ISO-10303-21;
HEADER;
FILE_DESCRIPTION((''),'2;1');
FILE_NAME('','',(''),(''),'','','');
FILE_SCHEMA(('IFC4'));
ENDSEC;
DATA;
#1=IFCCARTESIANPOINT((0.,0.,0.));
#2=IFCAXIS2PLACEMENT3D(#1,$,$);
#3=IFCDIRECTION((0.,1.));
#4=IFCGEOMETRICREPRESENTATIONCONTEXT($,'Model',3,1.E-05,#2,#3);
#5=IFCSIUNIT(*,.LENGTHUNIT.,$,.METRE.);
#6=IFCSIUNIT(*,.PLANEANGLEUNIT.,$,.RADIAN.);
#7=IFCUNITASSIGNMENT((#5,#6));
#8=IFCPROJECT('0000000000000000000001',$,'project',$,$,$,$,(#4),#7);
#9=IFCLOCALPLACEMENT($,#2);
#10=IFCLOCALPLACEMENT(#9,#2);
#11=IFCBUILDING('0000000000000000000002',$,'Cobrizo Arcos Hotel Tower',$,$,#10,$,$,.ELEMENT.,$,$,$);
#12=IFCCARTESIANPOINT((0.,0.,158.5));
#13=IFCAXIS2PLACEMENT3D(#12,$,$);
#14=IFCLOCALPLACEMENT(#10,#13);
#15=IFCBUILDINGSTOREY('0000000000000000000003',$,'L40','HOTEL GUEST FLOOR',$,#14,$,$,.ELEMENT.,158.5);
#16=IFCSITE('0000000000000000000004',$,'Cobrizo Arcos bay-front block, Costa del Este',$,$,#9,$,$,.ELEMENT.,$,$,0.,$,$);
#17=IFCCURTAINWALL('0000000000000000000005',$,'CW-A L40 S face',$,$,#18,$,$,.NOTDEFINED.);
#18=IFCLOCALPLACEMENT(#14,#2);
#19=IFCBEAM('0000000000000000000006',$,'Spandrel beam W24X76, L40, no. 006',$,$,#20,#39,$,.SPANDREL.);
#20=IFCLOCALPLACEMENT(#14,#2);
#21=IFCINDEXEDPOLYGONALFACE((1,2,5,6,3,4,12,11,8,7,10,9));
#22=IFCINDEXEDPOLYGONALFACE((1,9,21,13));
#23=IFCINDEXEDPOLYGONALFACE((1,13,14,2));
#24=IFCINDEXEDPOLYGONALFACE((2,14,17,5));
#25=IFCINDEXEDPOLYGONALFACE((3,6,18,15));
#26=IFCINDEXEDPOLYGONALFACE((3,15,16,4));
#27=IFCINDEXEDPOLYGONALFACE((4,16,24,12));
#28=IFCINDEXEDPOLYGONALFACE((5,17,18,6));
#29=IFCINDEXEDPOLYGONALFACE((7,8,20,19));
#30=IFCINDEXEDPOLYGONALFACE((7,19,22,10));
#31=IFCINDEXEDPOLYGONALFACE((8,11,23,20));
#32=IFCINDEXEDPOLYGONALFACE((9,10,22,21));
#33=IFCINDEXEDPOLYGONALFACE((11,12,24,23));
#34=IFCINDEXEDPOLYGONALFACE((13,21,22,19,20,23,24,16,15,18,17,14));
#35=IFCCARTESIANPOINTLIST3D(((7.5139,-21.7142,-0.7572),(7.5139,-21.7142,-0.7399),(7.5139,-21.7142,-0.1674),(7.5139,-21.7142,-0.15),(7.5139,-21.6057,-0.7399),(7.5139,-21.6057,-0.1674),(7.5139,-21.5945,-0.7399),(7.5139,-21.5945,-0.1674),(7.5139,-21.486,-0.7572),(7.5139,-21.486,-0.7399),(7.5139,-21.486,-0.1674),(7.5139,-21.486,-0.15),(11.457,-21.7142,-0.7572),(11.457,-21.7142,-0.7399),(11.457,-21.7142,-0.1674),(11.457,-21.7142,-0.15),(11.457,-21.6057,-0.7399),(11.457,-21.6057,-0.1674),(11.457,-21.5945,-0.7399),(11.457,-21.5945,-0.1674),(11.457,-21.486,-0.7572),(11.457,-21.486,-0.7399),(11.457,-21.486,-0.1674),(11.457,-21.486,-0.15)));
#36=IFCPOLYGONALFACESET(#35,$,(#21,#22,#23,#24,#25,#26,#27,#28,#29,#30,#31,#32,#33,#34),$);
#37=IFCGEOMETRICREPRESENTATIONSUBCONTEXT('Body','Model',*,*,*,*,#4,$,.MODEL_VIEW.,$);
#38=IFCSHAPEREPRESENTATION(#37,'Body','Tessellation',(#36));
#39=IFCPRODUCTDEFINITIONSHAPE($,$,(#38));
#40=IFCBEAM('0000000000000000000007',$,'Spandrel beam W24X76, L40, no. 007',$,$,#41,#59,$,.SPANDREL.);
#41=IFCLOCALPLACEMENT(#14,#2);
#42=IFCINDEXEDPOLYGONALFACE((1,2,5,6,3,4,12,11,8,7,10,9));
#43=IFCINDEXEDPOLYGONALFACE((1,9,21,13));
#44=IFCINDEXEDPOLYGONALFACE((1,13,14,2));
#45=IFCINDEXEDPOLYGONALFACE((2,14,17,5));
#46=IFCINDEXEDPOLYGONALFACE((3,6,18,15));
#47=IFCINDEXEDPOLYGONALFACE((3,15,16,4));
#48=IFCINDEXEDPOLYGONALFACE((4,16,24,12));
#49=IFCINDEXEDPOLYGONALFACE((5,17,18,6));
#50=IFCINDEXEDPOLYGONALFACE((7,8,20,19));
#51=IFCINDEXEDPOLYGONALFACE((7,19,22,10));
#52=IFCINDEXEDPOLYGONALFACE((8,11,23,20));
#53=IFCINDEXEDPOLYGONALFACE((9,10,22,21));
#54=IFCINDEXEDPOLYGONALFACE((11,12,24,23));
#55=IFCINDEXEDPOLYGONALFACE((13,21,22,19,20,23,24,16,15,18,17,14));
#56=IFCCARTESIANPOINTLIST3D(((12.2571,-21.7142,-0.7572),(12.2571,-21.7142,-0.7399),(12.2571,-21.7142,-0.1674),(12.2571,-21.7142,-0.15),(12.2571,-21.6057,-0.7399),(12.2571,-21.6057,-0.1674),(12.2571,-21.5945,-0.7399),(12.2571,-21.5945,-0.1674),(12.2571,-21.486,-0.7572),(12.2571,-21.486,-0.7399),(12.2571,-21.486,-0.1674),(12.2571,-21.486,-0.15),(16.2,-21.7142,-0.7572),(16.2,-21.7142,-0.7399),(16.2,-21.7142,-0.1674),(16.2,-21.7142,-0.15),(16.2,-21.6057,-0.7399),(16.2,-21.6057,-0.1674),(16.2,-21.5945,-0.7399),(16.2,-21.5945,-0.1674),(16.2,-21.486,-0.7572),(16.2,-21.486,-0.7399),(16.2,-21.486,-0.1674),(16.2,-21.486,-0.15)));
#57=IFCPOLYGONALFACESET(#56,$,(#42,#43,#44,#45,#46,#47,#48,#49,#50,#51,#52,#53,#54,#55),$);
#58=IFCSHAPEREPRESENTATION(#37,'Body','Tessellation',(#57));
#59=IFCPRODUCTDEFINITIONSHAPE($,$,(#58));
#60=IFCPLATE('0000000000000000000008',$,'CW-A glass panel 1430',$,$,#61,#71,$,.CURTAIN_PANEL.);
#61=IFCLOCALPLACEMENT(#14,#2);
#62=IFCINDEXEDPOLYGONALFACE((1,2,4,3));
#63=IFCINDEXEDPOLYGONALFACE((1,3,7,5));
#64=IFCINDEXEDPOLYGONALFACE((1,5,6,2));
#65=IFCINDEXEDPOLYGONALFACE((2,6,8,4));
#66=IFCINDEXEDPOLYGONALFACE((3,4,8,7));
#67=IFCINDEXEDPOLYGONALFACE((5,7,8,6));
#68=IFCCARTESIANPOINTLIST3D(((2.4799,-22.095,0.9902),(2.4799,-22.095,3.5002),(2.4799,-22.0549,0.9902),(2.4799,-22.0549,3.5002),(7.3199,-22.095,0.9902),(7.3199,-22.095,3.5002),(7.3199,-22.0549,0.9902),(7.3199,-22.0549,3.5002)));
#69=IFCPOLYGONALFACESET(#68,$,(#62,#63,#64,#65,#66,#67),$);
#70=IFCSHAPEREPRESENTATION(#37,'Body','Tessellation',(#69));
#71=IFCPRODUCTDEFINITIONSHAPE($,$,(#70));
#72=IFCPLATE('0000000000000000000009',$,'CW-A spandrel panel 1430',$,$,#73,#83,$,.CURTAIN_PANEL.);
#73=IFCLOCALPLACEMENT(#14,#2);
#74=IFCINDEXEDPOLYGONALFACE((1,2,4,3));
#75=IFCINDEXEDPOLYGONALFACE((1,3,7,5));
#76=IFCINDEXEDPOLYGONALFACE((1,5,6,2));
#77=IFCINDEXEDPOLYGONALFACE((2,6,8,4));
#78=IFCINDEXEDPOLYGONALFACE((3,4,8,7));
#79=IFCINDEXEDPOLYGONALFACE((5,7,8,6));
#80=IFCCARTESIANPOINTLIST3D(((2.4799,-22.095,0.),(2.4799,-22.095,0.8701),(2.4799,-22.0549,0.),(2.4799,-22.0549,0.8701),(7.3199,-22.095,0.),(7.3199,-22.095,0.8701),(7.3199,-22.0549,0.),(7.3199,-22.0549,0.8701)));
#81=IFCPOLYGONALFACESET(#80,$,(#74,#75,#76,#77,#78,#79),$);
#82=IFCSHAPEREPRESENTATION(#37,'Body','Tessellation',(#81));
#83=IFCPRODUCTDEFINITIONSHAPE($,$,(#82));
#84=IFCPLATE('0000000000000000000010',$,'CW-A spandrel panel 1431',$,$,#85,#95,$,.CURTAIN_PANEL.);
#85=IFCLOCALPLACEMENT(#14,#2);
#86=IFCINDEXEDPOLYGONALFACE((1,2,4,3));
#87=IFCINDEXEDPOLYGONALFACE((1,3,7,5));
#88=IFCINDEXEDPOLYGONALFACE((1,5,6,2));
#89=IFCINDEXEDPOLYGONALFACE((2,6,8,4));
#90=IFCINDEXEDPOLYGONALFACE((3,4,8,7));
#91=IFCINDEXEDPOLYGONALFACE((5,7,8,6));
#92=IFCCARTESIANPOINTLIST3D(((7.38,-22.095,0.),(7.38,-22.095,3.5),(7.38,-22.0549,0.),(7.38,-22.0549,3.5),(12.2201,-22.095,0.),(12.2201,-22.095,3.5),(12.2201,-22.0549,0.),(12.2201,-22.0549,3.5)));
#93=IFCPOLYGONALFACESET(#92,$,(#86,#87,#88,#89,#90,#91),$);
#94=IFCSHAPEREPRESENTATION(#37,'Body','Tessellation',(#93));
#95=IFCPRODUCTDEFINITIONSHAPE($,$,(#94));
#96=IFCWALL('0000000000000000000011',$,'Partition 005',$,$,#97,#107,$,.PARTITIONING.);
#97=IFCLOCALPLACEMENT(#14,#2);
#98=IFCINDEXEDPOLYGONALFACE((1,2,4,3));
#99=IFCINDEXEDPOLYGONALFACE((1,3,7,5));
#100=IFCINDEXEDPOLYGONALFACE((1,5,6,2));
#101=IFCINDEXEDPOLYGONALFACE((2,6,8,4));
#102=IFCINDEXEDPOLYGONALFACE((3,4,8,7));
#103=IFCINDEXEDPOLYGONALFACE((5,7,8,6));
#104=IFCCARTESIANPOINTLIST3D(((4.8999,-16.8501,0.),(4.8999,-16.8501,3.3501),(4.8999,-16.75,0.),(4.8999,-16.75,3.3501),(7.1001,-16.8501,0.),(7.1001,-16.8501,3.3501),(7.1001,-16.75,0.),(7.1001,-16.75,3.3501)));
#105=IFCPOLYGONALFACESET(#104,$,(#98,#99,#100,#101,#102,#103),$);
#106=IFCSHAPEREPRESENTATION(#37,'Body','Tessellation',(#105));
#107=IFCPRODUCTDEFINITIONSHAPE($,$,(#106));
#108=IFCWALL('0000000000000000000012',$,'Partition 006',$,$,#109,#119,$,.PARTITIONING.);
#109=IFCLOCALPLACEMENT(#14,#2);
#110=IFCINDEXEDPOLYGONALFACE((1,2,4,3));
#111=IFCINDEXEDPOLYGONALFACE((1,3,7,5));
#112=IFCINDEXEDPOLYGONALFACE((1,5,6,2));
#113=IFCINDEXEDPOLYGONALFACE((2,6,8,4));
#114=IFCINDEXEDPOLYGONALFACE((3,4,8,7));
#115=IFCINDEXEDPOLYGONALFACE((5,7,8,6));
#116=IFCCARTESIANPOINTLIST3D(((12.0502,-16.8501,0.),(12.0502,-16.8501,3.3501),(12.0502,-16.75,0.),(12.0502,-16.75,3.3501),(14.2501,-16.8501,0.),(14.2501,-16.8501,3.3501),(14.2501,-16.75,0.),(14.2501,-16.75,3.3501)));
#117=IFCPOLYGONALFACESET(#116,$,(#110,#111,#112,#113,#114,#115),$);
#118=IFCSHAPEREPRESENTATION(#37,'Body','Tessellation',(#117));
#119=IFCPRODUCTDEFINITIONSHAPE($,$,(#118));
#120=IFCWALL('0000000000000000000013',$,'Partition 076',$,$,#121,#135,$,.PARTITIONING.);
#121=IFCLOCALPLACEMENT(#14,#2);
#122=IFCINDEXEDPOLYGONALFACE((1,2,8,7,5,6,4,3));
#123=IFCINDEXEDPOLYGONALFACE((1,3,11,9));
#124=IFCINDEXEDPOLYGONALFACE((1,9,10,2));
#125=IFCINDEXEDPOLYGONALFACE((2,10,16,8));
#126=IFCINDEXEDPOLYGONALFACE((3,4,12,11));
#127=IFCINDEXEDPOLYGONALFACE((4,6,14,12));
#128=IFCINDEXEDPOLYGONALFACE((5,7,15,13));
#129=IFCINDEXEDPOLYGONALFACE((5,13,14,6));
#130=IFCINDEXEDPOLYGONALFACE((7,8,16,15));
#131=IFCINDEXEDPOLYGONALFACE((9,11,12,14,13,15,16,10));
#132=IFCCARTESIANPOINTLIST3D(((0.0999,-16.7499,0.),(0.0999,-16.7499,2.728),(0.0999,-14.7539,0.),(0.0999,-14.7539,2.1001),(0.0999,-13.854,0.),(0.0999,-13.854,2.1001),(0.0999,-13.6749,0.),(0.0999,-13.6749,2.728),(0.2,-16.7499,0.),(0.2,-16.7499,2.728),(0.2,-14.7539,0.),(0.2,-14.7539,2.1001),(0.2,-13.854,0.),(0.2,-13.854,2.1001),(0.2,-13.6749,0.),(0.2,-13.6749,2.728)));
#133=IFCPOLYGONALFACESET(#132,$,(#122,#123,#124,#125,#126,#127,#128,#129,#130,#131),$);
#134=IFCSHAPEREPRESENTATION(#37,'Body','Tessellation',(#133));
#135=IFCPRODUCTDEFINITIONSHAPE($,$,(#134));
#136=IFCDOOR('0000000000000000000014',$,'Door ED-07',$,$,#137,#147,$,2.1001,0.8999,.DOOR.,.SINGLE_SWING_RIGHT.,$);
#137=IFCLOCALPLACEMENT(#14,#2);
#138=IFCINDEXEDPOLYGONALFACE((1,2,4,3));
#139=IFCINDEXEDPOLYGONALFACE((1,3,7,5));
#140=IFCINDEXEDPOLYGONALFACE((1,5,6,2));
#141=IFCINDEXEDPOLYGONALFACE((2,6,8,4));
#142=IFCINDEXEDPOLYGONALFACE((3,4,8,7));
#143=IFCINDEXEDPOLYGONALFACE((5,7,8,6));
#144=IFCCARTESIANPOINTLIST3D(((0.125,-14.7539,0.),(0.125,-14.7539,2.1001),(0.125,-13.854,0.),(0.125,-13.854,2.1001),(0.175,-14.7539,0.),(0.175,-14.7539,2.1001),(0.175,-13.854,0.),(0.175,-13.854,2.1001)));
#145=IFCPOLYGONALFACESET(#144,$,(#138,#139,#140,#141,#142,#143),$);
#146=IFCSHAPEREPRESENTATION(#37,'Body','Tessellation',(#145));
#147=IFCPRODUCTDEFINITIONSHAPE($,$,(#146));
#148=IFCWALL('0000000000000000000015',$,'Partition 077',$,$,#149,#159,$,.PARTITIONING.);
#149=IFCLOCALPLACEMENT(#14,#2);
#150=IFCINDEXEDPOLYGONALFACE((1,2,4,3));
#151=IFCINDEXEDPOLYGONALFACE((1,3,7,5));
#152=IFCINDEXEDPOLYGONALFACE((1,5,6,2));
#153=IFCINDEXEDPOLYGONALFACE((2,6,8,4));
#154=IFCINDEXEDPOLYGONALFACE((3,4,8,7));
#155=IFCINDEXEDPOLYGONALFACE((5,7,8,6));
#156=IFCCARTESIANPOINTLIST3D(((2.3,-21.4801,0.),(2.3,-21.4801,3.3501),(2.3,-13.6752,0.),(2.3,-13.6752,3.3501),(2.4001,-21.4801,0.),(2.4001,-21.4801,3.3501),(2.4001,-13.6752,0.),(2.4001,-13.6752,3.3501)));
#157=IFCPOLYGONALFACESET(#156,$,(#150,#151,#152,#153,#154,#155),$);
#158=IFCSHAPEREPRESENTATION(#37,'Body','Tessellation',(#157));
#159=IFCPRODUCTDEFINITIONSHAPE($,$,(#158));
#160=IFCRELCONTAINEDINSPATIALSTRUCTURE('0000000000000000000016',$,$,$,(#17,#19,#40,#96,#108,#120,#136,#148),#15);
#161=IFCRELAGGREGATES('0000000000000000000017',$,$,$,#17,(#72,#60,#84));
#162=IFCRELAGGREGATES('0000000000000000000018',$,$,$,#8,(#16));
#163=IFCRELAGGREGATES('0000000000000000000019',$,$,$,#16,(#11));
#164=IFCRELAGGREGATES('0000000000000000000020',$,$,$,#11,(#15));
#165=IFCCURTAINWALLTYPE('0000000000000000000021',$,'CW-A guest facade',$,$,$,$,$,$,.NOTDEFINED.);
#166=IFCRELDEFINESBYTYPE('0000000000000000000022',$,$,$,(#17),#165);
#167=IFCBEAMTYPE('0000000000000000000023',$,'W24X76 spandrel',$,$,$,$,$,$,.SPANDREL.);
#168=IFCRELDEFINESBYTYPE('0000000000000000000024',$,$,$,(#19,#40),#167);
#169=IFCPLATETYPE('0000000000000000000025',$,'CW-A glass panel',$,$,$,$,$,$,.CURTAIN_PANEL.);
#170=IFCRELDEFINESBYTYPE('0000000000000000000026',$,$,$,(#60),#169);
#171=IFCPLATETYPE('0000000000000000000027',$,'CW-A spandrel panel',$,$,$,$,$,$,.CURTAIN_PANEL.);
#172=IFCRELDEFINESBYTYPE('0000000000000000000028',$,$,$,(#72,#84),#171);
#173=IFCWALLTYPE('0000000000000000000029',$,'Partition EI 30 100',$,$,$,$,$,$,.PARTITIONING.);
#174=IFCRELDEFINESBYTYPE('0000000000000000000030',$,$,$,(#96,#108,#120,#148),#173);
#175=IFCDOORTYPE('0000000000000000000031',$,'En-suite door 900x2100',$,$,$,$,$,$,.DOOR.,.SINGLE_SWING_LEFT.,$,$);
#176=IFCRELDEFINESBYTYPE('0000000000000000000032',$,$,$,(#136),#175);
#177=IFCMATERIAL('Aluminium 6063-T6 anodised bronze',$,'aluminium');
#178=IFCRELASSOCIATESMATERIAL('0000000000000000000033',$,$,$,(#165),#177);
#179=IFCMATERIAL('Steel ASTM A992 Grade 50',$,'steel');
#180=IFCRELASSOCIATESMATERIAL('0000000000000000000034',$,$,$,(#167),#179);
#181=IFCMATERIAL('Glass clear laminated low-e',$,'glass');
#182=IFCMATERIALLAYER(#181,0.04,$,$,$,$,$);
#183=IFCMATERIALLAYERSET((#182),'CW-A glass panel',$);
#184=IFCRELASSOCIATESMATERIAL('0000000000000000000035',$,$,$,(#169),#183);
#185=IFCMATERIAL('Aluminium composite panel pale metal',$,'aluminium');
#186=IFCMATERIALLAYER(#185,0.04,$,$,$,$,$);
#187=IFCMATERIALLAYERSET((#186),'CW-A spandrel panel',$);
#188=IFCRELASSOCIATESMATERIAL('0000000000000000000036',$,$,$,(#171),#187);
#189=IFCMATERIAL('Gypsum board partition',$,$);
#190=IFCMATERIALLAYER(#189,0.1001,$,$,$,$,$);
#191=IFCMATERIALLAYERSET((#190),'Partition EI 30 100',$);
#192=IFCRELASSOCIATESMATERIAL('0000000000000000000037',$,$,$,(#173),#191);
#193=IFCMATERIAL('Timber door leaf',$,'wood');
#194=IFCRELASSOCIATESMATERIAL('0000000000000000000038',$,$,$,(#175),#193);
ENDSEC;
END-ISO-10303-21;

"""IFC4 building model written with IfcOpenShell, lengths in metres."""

from ifc_helpers import new_model, si_unit, direction, frame, frame_2d, origin, origin_2d, place, context, subcontext, project, spatial, rectangle, i_section, extrude, material, layer, layer_set, material_profile, profile_set, type_object, element, fill, aggregate, save


model = new_model("IFC4")

# Units and contexts
model_context = context("Model", 3, precision=1e-05, world=origin(), true_north=direction((0.0, 1.0)))
body_context = subcontext(model_context, "Body", "Model", "MODEL_VIEW")
ifc_project = project(units=[si_unit("LENGTHUNIT", "METRE"), si_unit("PLANEANGLEUNIT", "RADIAN")], contexts=[model_context])

# Site, building, storey
site_placement = place(None, origin())
site = spatial("IfcSite", under=ifc_project, at=site_placement, Name="Cobrizo Arcos bay-front block, Costa del Este", CompositionType="ELEMENT", RefElevation=0.0)
building_placement = place(site_placement, origin())
building = spatial("IfcBuilding", under=site, at=building_placement, Name="Cobrizo Arcos Hotel Tower", CompositionType="ELEMENT")
storey_placement = place(building_placement, frame((0.0, 0.0, 158.5)))
storey = spatial("IfcBuildingStorey", under=building, at=storey_placement, Name="L40", Description="HOTEL GUEST FLOOR", CompositionType="ELEMENT", Elevation=158.5)

# Curtain wall
ifc_material_1 = material(Name="Aluminium 6063-T6 anodised bronze", Category="aluminium")
curtain_wall_type = type_object("IfcCurtainWallType", Name="CW-A guest facade", PredefinedType="NOTDEFINED", material=ifc_material_1)
curtain_wall_placement = place(storey_placement, origin())
curtain_wall = element("IfcCurtainWall", 1, at=curtain_wall_placement, inside=storey, type_object=curtain_wall_type, Name="CW-A L40 S face", PredefinedType="NOTDEFINED")

# Beams
ifc_material_2 = material(Name="Steel ASTM A992 Grade 50", Category="steel")
ifc_material_profile_1 = material_profile(ifc_material_2, i_section(OverallWidth=0.2283, OverallDepth=0.6072, WebThickness=0.0112, FlangeThickness=0.0173, at=origin_2d()), Name="W24X76")
ifc_profile_set_1 = profile_set([ifc_material_profile_1], Name="Steel ASTM A992 Grade 50")
beam_type_1 = type_object("IfcBeamType", Name="W24X76 spandrel", PredefinedType="SPANDREL", material=ifc_profile_set_1)
for number, where, z_axis, x_axis, name in (
    (2, (7.5139, -21.6001, -0.4536), (1.0, 0.0, 0.0), (0.0, 1.0, 0.0), "Spandrel beam W24X76, L40, no. 006"),
):
    element("IfcBeam", number, at=place(storey_placement, frame(where, z_axis=z_axis, x_axis=x_axis)), inside=storey, type_object=beam_type_1, Name=name, PredefinedType="SPANDREL", context=body_context, shape_type="SweptSolid", body=[
        extrude(i_section(OverallWidth=0.2283, OverallDepth=0.6072, WebThickness=0.0112, FlangeThickness=0.0173, at=origin_2d()), origin(), (0.0, 0.0, 1.0), 3.9431),
    ])
beam_1_placement = place(storey_placement, frame((12.2571, -21.6001, -0.4536), z_axis=(1.0, 0.0, 0.0), x_axis=(0.0, 1.0, 0.0)))
element("IfcBeam", 3, at=beam_1_placement, inside=storey, type_object=beam_type_1, Name="Spandrel beam W24X76, L40, no. 007", PredefinedType="SPANDREL", context=body_context, shape_type="SweptSolid", body=[
    extrude(i_section(OverallWidth=0.2283, OverallDepth=0.6072, WebThickness=0.0112, FlangeThickness=0.0173, at=origin_2d()), origin(), (0.0, 0.0, 1.0), 3.9429),
])

# Plates
ifc_material_3 = material(Name="Glass clear laminated low-e", Category="glass")
ifc_layer_1 = layer(ifc_material_3, 0.04)
ifc_layer_set_1 = layer_set([ifc_layer_1], Name="CW-A glass panel")
plate_type_1 = type_object("IfcPlateType", Name="CW-A glass panel", PredefinedType="CURTAIN_PANEL", material=ifc_layer_set_1)
plate_1_placement = place(storey_placement, frame((4.8999, -22.075, 0.9902), z_axis=(0.0, 0.0, 1.0), x_axis=(1.0, 0.0, 0.0)))
plate_1 = element("IfcPlate", 4, at=plate_1_placement, type_object=plate_type_1, Name="CW-A glass panel 1430", PredefinedType="CURTAIN_PANEL", context=body_context, shape_type="SweptSolid", body=[
    extrude(rectangle(XDim=4.8401, YDim=0.04, at=origin_2d()), origin(), (0.0, 0.0, 1.0), 2.51),
])
ifc_material_4 = material(Name="Aluminium composite panel pale metal", Category="aluminium")
ifc_layer_2 = layer(ifc_material_4, 0.04)
ifc_layer_set_2 = layer_set([ifc_layer_2], Name="CW-A spandrel panel")
plate_type_2 = type_object("IfcPlateType", Name="CW-A spandrel panel", PredefinedType="CURTAIN_PANEL", material=ifc_layer_set_2)
plate_2_placement = place(storey_placement, frame((4.8999, -22.075, 0.0), z_axis=(0.0, 0.0, 1.0), x_axis=(1.0, 0.0, 0.0)))
plate_2 = element("IfcPlate", 5, at=plate_2_placement, type_object=plate_type_2, Name="CW-A spandrel panel 1430", PredefinedType="CURTAIN_PANEL", context=body_context, shape_type="SweptSolid", body=[
    extrude(rectangle(XDim=4.8401, YDim=0.04, at=origin_2d()), origin(), (0.0, 0.0, 1.0), 0.8701),
])
plate_3_placement = place(storey_placement, frame((9.8, -22.075, 0.0), z_axis=(0.0, 0.0, 1.0), x_axis=(1.0, 0.0, 0.0)))
plate_3 = element("IfcPlate", 6, at=plate_3_placement, type_object=plate_type_2, Name="CW-A spandrel panel 1431", PredefinedType="CURTAIN_PANEL", context=body_context, shape_type="SweptSolid", body=[
    extrude(rectangle(XDim=4.8401, YDim=0.04, at=origin_2d()), origin(), (0.0, 0.0, 1.0), 3.5),
])
aggregate(curtain_wall, [plate_2, plate_1, plate_3])

# Walls
ifc_material_5 = material(Name="Gypsum board partition")
ifc_layer_3 = layer(ifc_material_5, 0.1001)
ifc_layer_set_3 = layer_set([ifc_layer_3], Name="Partition EI 30 100")
wall_type = type_object("IfcWallType", Name="Partition EI 30 100", PredefinedType="PARTITIONING", material=ifc_layer_set_3)
wall_1_placement = place(storey_placement, frame((4.8999, -16.8, 0.0), z_axis=(0.0, 0.0, 1.0), x_axis=(1.0, 0.0, 0.0)))
element("IfcWall", 7, at=wall_1_placement, inside=storey, type_object=wall_type, Name="Partition 005", PredefinedType="PARTITIONING", context=body_context, shape_type="SweptSolid", body=[
    extrude(rectangle(XDim=2.2002, YDim=0.1001, at=frame_2d((1.1001, 0.0))), origin(), (0.0, 0.0, 1.0), 3.3501),
])
wall_2_placement = place(storey_placement, frame((12.05, -16.8, 0.0), z_axis=(0.0, 0.0, 1.0), x_axis=(1.0, 0.0, 0.0)))
element("IfcWall", 8, at=wall_2_placement, inside=storey, type_object=wall_type, Name="Partition 006", PredefinedType="PARTITIONING", context=body_context, shape_type="SweptSolid", body=[
    extrude(rectangle(XDim=2.2, YDim=0.1001, at=frame_2d((1.1001, 0.0))), origin(), (0.0, 0.0, 1.0), 3.3501),
])

# Wall, opening, door
wall_3_placement = place(storey_placement, frame((0.1499, -16.75, 0.0), z_axis=(0.0, 0.0, 1.0), x_axis=(0.0, 1.0, 0.0)))
wall_3 = element("IfcWall", 9, at=wall_3_placement, inside=storey, type_object=wall_type, Name="Partition 076", PredefinedType="PARTITIONING", context=body_context, shape_type="SweptSolid", body=[
    extrude(rectangle(XDim=3.075, YDim=0.1001, at=frame_2d((1.5376, 0.0))), origin(), (0.0, 0.0, 1.0), 2.728),
])
opening_1_placement = place(wall_3_placement, frame((1.9961, 0.0, 0.0)))
opening_1 = element("IfcOpeningElement", 10, at=opening_1_placement, cuts=wall_3, PredefinedType="OPENING", context=body_context, shape_type="SweptSolid", body=[
    extrude(rectangle(XDim=0.8999, YDim=2.1001, at=frame_2d((0.45, 1.05))), frame((0.0, 0.062, 0.0), z_axis=(0.0, -1.0, 0.0), x_axis=(1.0, 0.0, 0.0)), (0.0, 0.0, 1.0), 0.124),
])
ifc_material_6 = material(Name="Timber door leaf", Category="wood")
door_type = type_object("IfcDoorType", Name="En-suite door 900x2100", OperationType="SINGLE_SWING_LEFT", PredefinedType="DOOR", material=ifc_material_6)
door_1_placement = place(opening_1_placement, origin())
door_1 = element("IfcDoor", 11, at=door_1_placement, inside=storey, type_object=door_type, Name="Door ED-07", OperationType="SINGLE_SWING_RIGHT", OverallHeight=2.1001, OverallWidth=0.8999, PredefinedType="DOOR", context=body_context, shape_type="SweptSolid", body=[
    extrude(rectangle(XDim=0.8999, YDim=2.1001, at=frame_2d((0.45, 1.05))), frame((0.0, 0.0249, 0.0), z_axis=(0.0, -1.0, 0.0), x_axis=(1.0, 0.0, 0.0)), (0.0, 0.0, 1.0), 0.05),
])
fill(opening_1, door_1)

# Wall
wall_4_placement = place(storey_placement, frame((2.3501, -21.48, 0.0), z_axis=(0.0, 0.0, 1.0), x_axis=(0.0, 1.0, 0.0)))
element("IfcWall", 12, at=wall_4_placement, inside=storey, type_object=wall_type, Name="Partition 077", PredefinedType="PARTITIONING", context=body_context, shape_type="SweptSolid", body=[
    extrude(rectangle(XDim=7.8049, YDim=0.1001, at=frame_2d((3.9023, 0.0))), origin(), (0.0, 0.0, 1.0), 3.3501),
])

save(model, "model.ifc")
